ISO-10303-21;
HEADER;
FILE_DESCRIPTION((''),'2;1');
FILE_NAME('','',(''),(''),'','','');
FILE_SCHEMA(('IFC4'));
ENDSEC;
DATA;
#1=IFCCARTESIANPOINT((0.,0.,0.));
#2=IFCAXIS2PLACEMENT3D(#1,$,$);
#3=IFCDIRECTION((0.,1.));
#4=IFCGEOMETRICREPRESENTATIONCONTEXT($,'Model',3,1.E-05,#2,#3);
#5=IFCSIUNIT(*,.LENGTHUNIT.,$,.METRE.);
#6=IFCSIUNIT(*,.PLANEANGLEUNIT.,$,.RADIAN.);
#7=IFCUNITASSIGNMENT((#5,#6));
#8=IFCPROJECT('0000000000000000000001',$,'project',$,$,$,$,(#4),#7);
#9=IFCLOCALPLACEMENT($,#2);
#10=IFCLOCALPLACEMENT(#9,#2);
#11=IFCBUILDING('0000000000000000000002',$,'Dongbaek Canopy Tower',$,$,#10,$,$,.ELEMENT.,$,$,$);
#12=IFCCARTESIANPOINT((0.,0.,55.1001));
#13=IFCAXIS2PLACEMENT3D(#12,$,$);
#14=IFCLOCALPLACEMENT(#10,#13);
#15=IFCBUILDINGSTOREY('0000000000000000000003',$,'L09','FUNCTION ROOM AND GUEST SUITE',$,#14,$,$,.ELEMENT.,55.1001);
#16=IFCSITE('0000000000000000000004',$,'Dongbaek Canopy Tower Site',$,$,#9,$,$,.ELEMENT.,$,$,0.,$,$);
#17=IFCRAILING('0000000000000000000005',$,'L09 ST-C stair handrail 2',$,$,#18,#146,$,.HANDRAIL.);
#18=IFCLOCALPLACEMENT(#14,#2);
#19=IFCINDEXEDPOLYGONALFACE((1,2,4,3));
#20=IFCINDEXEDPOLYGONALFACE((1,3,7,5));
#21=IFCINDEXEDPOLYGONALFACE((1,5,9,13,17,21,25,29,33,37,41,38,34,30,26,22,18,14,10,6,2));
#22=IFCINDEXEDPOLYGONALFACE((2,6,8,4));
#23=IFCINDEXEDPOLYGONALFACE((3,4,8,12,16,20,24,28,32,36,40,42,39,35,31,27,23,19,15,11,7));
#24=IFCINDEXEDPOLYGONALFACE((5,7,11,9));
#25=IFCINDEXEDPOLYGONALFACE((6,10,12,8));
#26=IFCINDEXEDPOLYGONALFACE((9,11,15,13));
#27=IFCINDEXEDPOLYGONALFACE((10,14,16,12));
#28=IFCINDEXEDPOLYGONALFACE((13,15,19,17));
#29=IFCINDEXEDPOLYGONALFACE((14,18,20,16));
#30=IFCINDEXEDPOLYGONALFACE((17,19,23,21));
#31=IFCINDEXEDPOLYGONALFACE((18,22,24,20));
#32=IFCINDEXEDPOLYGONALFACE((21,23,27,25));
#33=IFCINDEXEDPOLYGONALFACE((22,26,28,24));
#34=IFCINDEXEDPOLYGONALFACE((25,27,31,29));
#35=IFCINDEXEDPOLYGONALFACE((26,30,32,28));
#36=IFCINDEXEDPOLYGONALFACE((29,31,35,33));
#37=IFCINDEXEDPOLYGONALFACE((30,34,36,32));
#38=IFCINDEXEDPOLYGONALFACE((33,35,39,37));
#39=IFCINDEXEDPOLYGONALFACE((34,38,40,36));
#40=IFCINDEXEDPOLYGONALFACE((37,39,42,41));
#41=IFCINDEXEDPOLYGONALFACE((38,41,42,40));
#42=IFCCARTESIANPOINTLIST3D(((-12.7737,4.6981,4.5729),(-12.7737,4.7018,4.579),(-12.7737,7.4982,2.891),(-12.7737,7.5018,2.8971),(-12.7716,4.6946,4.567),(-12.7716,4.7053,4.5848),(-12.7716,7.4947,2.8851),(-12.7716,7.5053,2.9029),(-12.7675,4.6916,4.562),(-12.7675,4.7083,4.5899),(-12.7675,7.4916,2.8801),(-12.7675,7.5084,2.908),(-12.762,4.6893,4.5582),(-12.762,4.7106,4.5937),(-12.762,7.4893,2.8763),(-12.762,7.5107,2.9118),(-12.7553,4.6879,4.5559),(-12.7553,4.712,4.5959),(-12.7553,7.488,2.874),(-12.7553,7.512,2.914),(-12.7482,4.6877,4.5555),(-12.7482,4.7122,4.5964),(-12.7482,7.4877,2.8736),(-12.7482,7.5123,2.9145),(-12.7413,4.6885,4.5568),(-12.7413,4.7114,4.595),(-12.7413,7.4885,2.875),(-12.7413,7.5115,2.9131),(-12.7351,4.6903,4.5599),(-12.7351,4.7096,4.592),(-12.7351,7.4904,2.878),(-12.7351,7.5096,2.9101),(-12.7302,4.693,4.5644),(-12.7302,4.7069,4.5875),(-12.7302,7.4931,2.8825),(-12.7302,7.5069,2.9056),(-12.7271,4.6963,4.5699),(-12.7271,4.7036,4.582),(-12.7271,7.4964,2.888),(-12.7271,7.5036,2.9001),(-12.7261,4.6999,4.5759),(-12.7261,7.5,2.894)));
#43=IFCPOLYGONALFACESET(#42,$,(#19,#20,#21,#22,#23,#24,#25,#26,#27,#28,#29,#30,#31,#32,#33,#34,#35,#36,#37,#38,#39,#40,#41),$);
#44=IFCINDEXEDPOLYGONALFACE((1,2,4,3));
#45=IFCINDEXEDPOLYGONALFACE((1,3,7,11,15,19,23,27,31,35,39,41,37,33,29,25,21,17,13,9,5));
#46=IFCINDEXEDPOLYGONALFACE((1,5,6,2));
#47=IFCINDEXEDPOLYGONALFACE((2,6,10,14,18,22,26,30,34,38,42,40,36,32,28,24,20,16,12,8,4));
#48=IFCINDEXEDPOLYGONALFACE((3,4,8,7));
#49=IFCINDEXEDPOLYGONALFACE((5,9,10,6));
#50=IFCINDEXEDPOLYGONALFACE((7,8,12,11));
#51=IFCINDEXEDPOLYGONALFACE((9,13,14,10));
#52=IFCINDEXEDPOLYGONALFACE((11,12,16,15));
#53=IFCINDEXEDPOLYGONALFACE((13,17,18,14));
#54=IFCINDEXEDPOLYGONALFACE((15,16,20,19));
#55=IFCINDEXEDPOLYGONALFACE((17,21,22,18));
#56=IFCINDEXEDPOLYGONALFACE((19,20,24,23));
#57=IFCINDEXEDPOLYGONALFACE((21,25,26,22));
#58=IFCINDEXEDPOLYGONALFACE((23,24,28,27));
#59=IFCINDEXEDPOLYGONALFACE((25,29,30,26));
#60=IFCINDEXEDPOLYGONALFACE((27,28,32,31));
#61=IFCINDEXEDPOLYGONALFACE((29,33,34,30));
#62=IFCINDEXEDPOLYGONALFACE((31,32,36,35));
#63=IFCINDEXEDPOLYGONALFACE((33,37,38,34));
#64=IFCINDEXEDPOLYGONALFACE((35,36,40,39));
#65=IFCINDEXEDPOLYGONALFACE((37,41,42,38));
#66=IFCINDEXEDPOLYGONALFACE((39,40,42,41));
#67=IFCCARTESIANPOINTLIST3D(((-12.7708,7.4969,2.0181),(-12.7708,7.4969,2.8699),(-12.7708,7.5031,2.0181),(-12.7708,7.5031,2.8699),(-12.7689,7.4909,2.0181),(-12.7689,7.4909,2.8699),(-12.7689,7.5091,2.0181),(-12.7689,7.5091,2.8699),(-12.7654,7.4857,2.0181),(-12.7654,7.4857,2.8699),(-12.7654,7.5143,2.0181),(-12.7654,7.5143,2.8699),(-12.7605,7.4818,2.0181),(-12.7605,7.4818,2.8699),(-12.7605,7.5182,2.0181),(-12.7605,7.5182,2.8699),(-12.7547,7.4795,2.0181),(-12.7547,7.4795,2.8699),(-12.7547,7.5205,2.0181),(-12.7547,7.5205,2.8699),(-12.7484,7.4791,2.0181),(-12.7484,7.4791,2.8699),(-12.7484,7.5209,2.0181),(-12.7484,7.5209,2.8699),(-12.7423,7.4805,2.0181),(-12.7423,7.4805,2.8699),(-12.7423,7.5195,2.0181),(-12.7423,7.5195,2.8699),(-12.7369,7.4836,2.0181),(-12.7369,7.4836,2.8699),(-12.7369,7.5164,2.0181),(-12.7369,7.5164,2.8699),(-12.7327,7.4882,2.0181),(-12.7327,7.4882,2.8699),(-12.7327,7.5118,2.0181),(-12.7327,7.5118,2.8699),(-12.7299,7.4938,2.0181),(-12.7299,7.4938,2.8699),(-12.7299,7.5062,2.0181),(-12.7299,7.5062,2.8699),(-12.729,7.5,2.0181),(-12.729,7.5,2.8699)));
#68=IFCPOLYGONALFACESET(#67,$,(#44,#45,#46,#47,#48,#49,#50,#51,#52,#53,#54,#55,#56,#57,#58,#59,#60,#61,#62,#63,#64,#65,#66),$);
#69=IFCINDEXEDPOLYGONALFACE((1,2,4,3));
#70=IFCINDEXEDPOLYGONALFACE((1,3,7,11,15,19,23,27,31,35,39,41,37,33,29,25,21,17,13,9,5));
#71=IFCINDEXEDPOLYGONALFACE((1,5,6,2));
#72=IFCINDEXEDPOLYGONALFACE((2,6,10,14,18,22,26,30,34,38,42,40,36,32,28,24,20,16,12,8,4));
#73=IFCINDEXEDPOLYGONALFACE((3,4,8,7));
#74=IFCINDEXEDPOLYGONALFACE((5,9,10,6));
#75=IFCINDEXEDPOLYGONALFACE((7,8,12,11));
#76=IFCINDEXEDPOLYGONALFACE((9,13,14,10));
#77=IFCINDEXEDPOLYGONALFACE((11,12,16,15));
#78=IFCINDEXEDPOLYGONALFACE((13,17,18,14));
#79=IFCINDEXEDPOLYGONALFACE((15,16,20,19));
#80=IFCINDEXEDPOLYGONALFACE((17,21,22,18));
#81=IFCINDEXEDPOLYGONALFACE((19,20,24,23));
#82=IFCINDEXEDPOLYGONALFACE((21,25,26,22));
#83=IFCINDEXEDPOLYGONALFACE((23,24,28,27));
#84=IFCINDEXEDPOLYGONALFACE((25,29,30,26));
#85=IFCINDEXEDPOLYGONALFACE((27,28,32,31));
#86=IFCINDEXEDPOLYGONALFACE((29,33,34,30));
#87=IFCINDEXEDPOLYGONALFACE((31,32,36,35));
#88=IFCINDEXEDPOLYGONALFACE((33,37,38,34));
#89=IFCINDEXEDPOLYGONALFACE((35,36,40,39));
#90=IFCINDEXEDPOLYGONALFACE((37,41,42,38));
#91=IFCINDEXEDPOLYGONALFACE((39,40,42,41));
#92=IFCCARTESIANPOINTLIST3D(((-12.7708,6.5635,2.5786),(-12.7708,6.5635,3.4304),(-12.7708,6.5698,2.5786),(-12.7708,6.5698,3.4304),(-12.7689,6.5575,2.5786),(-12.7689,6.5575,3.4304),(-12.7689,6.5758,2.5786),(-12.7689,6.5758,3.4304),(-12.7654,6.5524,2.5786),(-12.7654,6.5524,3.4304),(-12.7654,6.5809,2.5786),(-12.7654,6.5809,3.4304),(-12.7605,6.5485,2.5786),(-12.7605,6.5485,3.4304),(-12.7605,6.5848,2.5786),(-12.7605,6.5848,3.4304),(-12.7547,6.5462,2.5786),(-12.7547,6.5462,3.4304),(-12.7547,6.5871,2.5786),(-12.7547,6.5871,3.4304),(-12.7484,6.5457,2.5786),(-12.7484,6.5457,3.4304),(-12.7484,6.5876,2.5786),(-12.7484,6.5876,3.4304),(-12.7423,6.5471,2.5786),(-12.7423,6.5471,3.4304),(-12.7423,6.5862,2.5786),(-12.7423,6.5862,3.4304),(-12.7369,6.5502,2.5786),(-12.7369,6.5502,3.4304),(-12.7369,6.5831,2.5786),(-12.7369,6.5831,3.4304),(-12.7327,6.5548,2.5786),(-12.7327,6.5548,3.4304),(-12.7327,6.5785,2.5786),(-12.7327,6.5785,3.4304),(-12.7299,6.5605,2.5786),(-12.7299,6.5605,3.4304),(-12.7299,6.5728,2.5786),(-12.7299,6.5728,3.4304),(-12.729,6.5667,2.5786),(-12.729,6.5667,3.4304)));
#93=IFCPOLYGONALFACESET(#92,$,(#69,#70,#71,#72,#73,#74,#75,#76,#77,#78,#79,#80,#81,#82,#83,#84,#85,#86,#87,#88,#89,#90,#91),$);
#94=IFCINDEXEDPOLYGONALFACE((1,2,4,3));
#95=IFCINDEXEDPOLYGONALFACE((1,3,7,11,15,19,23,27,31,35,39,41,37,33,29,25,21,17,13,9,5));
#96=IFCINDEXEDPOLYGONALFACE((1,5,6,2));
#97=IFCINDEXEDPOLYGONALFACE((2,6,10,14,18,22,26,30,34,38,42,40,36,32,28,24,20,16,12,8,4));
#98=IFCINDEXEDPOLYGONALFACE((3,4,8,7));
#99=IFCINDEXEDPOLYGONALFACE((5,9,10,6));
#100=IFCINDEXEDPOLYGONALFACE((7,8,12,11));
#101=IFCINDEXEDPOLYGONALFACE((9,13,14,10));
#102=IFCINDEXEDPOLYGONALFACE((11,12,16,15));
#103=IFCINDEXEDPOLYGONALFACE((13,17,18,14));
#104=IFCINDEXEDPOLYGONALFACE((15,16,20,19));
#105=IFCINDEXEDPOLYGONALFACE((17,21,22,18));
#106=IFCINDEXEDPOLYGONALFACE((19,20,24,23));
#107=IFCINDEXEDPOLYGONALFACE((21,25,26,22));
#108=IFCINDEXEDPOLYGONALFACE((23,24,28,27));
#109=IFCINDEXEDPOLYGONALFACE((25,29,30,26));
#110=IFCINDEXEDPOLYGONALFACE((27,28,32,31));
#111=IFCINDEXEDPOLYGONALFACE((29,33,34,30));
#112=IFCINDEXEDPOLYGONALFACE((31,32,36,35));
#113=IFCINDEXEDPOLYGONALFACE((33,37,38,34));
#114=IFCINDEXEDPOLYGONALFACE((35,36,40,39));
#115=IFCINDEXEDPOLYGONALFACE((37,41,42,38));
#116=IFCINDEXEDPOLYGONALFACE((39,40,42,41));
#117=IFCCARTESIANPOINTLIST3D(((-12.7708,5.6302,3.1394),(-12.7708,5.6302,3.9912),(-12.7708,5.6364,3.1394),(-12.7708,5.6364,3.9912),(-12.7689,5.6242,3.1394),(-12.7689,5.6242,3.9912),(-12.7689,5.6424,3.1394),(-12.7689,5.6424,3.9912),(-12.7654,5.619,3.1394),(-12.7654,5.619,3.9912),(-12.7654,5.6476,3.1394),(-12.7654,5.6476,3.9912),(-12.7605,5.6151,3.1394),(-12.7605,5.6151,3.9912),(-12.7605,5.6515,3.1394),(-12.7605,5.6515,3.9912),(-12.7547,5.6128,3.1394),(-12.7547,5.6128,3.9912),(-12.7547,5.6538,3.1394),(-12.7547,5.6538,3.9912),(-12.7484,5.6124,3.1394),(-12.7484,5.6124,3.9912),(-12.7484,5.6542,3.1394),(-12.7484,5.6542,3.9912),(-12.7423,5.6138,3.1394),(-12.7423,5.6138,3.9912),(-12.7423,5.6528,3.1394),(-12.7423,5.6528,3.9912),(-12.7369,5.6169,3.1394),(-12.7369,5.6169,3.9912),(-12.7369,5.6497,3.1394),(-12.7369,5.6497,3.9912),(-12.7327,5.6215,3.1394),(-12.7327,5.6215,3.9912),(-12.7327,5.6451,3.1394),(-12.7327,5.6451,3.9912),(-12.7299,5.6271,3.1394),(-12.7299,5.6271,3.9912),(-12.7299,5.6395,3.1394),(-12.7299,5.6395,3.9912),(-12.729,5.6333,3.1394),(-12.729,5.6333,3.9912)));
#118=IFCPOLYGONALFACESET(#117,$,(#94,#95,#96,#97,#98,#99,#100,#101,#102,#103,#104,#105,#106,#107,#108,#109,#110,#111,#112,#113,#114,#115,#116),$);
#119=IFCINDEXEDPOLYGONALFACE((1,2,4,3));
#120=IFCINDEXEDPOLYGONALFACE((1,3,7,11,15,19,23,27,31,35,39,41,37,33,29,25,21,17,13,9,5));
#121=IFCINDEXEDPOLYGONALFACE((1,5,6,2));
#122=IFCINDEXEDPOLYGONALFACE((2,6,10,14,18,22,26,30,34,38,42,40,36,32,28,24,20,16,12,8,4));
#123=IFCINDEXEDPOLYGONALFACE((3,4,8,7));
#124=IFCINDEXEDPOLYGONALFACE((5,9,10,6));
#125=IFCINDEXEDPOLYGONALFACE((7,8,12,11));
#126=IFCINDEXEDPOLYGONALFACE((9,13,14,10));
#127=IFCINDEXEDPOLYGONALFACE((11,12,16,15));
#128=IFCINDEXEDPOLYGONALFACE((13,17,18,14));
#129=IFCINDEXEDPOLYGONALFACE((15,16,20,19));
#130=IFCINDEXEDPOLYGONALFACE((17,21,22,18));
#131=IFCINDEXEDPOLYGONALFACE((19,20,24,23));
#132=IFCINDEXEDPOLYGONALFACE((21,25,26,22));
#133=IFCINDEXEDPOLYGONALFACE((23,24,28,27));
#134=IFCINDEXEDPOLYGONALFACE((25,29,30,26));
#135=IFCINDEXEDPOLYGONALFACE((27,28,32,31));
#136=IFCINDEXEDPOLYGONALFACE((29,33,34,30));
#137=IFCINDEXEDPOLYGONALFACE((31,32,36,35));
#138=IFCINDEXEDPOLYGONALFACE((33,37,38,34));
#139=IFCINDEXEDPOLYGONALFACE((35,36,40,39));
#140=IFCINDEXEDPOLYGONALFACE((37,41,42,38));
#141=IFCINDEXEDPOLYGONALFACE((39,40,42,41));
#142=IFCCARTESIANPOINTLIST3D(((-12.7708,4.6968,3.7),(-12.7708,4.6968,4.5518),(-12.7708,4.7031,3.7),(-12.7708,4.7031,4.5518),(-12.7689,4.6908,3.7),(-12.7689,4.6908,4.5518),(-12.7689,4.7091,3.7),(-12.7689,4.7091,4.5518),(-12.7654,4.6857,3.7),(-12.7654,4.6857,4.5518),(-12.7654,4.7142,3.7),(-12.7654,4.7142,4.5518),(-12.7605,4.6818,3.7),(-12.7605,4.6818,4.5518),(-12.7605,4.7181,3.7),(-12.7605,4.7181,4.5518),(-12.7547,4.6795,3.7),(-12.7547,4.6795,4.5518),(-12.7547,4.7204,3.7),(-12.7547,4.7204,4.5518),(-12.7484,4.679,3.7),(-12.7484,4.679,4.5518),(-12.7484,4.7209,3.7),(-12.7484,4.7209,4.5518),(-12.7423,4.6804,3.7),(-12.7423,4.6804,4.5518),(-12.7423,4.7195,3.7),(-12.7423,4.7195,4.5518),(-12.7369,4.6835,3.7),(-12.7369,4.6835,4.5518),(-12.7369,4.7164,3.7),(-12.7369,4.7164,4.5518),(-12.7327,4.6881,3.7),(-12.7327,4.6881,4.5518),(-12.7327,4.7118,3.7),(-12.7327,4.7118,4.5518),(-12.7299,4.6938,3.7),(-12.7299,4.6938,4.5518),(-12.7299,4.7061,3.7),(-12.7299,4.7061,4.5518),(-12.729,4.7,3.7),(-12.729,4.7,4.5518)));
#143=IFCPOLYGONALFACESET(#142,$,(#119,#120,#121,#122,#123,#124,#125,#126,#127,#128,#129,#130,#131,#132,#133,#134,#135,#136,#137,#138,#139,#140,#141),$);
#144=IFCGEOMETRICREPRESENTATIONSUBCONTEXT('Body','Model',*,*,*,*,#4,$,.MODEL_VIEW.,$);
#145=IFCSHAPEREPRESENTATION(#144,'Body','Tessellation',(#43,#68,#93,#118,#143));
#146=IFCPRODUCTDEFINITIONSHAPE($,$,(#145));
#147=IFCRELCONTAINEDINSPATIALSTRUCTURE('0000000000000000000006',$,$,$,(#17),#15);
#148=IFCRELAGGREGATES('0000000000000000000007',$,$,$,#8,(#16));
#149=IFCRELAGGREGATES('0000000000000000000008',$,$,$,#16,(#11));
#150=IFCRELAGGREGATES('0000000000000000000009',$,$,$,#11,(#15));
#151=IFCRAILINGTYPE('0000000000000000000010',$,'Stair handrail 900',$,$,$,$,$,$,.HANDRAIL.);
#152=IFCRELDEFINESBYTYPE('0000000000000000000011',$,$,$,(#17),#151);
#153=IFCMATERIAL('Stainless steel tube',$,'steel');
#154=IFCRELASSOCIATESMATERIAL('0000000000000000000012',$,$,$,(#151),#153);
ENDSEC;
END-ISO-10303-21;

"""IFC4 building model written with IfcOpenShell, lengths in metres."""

from ifc_helpers import new_model, si_unit, direction, frame, origin, origin_2d, place, context, subcontext, project, spatial, circle, extrude, material, type_object, element, save


model = new_model("IFC4")

# Units and contexts
model_context = context("Model", 3, precision=1e-05, world=origin(), true_north=direction((0.0, 1.0)))
body_context = subcontext(model_context, "Body", "Model", "MODEL_VIEW")
ifc_project = project(units=[si_unit("LENGTHUNIT", "METRE"), si_unit("PLANEANGLEUNIT", "RADIAN")], contexts=[model_context])

# Site, building, storey
site_placement = place(None, origin())
site = spatial("IfcSite", under=ifc_project, at=site_placement, Name="Dongbaek Canopy Tower Site", CompositionType="ELEMENT", RefElevation=0.0)
building_placement = place(site_placement, origin())
building = spatial("IfcBuilding", under=site, at=building_placement, Name="Dongbaek Canopy Tower", CompositionType="ELEMENT")
storey_placement = place(building_placement, frame((0.0, 0.0, 55.1001)))
storey = spatial("IfcBuildingStorey", under=building, at=storey_placement, Name="L09", Description="FUNCTION ROOM AND GUEST SUITE", CompositionType="ELEMENT", Elevation=55.1001)

# Railing
ifc_material_1 = material(Name="Stainless steel tube", Category="steel")
railing_type_1 = type_object("IfcRailingType", Name="Stair handrail 900", PredefinedType="HANDRAIL", material=ifc_material_1)
railing_1_placement = place(storey_placement, frame((-12.75, 7.5, 2.0181)))
element("IfcRailing", 1, at=railing_1_placement, inside=storey, type_object=railing_type_1, Name="L09 ST-C stair handrail 2", PredefinedType="HANDRAIL", context=body_context, shape_type="SweptSolid", body=[
    extrude(circle(Radius=0.0239, at=origin_2d()), frame((0.0, 0.0, 0.876), z_axis=(0.0, -0.857242, 0.514913), x_axis=(1.0, 0.0, 0.0)), (0.0, 0.0, 1.0), 3.2664),
    extrude(circle(Radius=0.021, at=origin_2d()), origin(), (0.0, 0.0, 1.0), 0.8518),
    extrude(circle(Radius=0.021, at=origin_2d()), frame((0.0, -0.9333, 0.5605)), (0.0, 0.0, 1.0), 0.8518),
    extrude(circle(Radius=0.021, at=origin_2d()), frame((0.0, -1.8667, 1.1213)), (0.0, 0.0, 1.0), 0.8518),
    extrude(circle(Radius=0.021, at=origin_2d()), frame((0.0, -2.8, 1.6819)), (0.0, 0.0, 1.0), 0.8518),
])

save(model, "model.ifc")
